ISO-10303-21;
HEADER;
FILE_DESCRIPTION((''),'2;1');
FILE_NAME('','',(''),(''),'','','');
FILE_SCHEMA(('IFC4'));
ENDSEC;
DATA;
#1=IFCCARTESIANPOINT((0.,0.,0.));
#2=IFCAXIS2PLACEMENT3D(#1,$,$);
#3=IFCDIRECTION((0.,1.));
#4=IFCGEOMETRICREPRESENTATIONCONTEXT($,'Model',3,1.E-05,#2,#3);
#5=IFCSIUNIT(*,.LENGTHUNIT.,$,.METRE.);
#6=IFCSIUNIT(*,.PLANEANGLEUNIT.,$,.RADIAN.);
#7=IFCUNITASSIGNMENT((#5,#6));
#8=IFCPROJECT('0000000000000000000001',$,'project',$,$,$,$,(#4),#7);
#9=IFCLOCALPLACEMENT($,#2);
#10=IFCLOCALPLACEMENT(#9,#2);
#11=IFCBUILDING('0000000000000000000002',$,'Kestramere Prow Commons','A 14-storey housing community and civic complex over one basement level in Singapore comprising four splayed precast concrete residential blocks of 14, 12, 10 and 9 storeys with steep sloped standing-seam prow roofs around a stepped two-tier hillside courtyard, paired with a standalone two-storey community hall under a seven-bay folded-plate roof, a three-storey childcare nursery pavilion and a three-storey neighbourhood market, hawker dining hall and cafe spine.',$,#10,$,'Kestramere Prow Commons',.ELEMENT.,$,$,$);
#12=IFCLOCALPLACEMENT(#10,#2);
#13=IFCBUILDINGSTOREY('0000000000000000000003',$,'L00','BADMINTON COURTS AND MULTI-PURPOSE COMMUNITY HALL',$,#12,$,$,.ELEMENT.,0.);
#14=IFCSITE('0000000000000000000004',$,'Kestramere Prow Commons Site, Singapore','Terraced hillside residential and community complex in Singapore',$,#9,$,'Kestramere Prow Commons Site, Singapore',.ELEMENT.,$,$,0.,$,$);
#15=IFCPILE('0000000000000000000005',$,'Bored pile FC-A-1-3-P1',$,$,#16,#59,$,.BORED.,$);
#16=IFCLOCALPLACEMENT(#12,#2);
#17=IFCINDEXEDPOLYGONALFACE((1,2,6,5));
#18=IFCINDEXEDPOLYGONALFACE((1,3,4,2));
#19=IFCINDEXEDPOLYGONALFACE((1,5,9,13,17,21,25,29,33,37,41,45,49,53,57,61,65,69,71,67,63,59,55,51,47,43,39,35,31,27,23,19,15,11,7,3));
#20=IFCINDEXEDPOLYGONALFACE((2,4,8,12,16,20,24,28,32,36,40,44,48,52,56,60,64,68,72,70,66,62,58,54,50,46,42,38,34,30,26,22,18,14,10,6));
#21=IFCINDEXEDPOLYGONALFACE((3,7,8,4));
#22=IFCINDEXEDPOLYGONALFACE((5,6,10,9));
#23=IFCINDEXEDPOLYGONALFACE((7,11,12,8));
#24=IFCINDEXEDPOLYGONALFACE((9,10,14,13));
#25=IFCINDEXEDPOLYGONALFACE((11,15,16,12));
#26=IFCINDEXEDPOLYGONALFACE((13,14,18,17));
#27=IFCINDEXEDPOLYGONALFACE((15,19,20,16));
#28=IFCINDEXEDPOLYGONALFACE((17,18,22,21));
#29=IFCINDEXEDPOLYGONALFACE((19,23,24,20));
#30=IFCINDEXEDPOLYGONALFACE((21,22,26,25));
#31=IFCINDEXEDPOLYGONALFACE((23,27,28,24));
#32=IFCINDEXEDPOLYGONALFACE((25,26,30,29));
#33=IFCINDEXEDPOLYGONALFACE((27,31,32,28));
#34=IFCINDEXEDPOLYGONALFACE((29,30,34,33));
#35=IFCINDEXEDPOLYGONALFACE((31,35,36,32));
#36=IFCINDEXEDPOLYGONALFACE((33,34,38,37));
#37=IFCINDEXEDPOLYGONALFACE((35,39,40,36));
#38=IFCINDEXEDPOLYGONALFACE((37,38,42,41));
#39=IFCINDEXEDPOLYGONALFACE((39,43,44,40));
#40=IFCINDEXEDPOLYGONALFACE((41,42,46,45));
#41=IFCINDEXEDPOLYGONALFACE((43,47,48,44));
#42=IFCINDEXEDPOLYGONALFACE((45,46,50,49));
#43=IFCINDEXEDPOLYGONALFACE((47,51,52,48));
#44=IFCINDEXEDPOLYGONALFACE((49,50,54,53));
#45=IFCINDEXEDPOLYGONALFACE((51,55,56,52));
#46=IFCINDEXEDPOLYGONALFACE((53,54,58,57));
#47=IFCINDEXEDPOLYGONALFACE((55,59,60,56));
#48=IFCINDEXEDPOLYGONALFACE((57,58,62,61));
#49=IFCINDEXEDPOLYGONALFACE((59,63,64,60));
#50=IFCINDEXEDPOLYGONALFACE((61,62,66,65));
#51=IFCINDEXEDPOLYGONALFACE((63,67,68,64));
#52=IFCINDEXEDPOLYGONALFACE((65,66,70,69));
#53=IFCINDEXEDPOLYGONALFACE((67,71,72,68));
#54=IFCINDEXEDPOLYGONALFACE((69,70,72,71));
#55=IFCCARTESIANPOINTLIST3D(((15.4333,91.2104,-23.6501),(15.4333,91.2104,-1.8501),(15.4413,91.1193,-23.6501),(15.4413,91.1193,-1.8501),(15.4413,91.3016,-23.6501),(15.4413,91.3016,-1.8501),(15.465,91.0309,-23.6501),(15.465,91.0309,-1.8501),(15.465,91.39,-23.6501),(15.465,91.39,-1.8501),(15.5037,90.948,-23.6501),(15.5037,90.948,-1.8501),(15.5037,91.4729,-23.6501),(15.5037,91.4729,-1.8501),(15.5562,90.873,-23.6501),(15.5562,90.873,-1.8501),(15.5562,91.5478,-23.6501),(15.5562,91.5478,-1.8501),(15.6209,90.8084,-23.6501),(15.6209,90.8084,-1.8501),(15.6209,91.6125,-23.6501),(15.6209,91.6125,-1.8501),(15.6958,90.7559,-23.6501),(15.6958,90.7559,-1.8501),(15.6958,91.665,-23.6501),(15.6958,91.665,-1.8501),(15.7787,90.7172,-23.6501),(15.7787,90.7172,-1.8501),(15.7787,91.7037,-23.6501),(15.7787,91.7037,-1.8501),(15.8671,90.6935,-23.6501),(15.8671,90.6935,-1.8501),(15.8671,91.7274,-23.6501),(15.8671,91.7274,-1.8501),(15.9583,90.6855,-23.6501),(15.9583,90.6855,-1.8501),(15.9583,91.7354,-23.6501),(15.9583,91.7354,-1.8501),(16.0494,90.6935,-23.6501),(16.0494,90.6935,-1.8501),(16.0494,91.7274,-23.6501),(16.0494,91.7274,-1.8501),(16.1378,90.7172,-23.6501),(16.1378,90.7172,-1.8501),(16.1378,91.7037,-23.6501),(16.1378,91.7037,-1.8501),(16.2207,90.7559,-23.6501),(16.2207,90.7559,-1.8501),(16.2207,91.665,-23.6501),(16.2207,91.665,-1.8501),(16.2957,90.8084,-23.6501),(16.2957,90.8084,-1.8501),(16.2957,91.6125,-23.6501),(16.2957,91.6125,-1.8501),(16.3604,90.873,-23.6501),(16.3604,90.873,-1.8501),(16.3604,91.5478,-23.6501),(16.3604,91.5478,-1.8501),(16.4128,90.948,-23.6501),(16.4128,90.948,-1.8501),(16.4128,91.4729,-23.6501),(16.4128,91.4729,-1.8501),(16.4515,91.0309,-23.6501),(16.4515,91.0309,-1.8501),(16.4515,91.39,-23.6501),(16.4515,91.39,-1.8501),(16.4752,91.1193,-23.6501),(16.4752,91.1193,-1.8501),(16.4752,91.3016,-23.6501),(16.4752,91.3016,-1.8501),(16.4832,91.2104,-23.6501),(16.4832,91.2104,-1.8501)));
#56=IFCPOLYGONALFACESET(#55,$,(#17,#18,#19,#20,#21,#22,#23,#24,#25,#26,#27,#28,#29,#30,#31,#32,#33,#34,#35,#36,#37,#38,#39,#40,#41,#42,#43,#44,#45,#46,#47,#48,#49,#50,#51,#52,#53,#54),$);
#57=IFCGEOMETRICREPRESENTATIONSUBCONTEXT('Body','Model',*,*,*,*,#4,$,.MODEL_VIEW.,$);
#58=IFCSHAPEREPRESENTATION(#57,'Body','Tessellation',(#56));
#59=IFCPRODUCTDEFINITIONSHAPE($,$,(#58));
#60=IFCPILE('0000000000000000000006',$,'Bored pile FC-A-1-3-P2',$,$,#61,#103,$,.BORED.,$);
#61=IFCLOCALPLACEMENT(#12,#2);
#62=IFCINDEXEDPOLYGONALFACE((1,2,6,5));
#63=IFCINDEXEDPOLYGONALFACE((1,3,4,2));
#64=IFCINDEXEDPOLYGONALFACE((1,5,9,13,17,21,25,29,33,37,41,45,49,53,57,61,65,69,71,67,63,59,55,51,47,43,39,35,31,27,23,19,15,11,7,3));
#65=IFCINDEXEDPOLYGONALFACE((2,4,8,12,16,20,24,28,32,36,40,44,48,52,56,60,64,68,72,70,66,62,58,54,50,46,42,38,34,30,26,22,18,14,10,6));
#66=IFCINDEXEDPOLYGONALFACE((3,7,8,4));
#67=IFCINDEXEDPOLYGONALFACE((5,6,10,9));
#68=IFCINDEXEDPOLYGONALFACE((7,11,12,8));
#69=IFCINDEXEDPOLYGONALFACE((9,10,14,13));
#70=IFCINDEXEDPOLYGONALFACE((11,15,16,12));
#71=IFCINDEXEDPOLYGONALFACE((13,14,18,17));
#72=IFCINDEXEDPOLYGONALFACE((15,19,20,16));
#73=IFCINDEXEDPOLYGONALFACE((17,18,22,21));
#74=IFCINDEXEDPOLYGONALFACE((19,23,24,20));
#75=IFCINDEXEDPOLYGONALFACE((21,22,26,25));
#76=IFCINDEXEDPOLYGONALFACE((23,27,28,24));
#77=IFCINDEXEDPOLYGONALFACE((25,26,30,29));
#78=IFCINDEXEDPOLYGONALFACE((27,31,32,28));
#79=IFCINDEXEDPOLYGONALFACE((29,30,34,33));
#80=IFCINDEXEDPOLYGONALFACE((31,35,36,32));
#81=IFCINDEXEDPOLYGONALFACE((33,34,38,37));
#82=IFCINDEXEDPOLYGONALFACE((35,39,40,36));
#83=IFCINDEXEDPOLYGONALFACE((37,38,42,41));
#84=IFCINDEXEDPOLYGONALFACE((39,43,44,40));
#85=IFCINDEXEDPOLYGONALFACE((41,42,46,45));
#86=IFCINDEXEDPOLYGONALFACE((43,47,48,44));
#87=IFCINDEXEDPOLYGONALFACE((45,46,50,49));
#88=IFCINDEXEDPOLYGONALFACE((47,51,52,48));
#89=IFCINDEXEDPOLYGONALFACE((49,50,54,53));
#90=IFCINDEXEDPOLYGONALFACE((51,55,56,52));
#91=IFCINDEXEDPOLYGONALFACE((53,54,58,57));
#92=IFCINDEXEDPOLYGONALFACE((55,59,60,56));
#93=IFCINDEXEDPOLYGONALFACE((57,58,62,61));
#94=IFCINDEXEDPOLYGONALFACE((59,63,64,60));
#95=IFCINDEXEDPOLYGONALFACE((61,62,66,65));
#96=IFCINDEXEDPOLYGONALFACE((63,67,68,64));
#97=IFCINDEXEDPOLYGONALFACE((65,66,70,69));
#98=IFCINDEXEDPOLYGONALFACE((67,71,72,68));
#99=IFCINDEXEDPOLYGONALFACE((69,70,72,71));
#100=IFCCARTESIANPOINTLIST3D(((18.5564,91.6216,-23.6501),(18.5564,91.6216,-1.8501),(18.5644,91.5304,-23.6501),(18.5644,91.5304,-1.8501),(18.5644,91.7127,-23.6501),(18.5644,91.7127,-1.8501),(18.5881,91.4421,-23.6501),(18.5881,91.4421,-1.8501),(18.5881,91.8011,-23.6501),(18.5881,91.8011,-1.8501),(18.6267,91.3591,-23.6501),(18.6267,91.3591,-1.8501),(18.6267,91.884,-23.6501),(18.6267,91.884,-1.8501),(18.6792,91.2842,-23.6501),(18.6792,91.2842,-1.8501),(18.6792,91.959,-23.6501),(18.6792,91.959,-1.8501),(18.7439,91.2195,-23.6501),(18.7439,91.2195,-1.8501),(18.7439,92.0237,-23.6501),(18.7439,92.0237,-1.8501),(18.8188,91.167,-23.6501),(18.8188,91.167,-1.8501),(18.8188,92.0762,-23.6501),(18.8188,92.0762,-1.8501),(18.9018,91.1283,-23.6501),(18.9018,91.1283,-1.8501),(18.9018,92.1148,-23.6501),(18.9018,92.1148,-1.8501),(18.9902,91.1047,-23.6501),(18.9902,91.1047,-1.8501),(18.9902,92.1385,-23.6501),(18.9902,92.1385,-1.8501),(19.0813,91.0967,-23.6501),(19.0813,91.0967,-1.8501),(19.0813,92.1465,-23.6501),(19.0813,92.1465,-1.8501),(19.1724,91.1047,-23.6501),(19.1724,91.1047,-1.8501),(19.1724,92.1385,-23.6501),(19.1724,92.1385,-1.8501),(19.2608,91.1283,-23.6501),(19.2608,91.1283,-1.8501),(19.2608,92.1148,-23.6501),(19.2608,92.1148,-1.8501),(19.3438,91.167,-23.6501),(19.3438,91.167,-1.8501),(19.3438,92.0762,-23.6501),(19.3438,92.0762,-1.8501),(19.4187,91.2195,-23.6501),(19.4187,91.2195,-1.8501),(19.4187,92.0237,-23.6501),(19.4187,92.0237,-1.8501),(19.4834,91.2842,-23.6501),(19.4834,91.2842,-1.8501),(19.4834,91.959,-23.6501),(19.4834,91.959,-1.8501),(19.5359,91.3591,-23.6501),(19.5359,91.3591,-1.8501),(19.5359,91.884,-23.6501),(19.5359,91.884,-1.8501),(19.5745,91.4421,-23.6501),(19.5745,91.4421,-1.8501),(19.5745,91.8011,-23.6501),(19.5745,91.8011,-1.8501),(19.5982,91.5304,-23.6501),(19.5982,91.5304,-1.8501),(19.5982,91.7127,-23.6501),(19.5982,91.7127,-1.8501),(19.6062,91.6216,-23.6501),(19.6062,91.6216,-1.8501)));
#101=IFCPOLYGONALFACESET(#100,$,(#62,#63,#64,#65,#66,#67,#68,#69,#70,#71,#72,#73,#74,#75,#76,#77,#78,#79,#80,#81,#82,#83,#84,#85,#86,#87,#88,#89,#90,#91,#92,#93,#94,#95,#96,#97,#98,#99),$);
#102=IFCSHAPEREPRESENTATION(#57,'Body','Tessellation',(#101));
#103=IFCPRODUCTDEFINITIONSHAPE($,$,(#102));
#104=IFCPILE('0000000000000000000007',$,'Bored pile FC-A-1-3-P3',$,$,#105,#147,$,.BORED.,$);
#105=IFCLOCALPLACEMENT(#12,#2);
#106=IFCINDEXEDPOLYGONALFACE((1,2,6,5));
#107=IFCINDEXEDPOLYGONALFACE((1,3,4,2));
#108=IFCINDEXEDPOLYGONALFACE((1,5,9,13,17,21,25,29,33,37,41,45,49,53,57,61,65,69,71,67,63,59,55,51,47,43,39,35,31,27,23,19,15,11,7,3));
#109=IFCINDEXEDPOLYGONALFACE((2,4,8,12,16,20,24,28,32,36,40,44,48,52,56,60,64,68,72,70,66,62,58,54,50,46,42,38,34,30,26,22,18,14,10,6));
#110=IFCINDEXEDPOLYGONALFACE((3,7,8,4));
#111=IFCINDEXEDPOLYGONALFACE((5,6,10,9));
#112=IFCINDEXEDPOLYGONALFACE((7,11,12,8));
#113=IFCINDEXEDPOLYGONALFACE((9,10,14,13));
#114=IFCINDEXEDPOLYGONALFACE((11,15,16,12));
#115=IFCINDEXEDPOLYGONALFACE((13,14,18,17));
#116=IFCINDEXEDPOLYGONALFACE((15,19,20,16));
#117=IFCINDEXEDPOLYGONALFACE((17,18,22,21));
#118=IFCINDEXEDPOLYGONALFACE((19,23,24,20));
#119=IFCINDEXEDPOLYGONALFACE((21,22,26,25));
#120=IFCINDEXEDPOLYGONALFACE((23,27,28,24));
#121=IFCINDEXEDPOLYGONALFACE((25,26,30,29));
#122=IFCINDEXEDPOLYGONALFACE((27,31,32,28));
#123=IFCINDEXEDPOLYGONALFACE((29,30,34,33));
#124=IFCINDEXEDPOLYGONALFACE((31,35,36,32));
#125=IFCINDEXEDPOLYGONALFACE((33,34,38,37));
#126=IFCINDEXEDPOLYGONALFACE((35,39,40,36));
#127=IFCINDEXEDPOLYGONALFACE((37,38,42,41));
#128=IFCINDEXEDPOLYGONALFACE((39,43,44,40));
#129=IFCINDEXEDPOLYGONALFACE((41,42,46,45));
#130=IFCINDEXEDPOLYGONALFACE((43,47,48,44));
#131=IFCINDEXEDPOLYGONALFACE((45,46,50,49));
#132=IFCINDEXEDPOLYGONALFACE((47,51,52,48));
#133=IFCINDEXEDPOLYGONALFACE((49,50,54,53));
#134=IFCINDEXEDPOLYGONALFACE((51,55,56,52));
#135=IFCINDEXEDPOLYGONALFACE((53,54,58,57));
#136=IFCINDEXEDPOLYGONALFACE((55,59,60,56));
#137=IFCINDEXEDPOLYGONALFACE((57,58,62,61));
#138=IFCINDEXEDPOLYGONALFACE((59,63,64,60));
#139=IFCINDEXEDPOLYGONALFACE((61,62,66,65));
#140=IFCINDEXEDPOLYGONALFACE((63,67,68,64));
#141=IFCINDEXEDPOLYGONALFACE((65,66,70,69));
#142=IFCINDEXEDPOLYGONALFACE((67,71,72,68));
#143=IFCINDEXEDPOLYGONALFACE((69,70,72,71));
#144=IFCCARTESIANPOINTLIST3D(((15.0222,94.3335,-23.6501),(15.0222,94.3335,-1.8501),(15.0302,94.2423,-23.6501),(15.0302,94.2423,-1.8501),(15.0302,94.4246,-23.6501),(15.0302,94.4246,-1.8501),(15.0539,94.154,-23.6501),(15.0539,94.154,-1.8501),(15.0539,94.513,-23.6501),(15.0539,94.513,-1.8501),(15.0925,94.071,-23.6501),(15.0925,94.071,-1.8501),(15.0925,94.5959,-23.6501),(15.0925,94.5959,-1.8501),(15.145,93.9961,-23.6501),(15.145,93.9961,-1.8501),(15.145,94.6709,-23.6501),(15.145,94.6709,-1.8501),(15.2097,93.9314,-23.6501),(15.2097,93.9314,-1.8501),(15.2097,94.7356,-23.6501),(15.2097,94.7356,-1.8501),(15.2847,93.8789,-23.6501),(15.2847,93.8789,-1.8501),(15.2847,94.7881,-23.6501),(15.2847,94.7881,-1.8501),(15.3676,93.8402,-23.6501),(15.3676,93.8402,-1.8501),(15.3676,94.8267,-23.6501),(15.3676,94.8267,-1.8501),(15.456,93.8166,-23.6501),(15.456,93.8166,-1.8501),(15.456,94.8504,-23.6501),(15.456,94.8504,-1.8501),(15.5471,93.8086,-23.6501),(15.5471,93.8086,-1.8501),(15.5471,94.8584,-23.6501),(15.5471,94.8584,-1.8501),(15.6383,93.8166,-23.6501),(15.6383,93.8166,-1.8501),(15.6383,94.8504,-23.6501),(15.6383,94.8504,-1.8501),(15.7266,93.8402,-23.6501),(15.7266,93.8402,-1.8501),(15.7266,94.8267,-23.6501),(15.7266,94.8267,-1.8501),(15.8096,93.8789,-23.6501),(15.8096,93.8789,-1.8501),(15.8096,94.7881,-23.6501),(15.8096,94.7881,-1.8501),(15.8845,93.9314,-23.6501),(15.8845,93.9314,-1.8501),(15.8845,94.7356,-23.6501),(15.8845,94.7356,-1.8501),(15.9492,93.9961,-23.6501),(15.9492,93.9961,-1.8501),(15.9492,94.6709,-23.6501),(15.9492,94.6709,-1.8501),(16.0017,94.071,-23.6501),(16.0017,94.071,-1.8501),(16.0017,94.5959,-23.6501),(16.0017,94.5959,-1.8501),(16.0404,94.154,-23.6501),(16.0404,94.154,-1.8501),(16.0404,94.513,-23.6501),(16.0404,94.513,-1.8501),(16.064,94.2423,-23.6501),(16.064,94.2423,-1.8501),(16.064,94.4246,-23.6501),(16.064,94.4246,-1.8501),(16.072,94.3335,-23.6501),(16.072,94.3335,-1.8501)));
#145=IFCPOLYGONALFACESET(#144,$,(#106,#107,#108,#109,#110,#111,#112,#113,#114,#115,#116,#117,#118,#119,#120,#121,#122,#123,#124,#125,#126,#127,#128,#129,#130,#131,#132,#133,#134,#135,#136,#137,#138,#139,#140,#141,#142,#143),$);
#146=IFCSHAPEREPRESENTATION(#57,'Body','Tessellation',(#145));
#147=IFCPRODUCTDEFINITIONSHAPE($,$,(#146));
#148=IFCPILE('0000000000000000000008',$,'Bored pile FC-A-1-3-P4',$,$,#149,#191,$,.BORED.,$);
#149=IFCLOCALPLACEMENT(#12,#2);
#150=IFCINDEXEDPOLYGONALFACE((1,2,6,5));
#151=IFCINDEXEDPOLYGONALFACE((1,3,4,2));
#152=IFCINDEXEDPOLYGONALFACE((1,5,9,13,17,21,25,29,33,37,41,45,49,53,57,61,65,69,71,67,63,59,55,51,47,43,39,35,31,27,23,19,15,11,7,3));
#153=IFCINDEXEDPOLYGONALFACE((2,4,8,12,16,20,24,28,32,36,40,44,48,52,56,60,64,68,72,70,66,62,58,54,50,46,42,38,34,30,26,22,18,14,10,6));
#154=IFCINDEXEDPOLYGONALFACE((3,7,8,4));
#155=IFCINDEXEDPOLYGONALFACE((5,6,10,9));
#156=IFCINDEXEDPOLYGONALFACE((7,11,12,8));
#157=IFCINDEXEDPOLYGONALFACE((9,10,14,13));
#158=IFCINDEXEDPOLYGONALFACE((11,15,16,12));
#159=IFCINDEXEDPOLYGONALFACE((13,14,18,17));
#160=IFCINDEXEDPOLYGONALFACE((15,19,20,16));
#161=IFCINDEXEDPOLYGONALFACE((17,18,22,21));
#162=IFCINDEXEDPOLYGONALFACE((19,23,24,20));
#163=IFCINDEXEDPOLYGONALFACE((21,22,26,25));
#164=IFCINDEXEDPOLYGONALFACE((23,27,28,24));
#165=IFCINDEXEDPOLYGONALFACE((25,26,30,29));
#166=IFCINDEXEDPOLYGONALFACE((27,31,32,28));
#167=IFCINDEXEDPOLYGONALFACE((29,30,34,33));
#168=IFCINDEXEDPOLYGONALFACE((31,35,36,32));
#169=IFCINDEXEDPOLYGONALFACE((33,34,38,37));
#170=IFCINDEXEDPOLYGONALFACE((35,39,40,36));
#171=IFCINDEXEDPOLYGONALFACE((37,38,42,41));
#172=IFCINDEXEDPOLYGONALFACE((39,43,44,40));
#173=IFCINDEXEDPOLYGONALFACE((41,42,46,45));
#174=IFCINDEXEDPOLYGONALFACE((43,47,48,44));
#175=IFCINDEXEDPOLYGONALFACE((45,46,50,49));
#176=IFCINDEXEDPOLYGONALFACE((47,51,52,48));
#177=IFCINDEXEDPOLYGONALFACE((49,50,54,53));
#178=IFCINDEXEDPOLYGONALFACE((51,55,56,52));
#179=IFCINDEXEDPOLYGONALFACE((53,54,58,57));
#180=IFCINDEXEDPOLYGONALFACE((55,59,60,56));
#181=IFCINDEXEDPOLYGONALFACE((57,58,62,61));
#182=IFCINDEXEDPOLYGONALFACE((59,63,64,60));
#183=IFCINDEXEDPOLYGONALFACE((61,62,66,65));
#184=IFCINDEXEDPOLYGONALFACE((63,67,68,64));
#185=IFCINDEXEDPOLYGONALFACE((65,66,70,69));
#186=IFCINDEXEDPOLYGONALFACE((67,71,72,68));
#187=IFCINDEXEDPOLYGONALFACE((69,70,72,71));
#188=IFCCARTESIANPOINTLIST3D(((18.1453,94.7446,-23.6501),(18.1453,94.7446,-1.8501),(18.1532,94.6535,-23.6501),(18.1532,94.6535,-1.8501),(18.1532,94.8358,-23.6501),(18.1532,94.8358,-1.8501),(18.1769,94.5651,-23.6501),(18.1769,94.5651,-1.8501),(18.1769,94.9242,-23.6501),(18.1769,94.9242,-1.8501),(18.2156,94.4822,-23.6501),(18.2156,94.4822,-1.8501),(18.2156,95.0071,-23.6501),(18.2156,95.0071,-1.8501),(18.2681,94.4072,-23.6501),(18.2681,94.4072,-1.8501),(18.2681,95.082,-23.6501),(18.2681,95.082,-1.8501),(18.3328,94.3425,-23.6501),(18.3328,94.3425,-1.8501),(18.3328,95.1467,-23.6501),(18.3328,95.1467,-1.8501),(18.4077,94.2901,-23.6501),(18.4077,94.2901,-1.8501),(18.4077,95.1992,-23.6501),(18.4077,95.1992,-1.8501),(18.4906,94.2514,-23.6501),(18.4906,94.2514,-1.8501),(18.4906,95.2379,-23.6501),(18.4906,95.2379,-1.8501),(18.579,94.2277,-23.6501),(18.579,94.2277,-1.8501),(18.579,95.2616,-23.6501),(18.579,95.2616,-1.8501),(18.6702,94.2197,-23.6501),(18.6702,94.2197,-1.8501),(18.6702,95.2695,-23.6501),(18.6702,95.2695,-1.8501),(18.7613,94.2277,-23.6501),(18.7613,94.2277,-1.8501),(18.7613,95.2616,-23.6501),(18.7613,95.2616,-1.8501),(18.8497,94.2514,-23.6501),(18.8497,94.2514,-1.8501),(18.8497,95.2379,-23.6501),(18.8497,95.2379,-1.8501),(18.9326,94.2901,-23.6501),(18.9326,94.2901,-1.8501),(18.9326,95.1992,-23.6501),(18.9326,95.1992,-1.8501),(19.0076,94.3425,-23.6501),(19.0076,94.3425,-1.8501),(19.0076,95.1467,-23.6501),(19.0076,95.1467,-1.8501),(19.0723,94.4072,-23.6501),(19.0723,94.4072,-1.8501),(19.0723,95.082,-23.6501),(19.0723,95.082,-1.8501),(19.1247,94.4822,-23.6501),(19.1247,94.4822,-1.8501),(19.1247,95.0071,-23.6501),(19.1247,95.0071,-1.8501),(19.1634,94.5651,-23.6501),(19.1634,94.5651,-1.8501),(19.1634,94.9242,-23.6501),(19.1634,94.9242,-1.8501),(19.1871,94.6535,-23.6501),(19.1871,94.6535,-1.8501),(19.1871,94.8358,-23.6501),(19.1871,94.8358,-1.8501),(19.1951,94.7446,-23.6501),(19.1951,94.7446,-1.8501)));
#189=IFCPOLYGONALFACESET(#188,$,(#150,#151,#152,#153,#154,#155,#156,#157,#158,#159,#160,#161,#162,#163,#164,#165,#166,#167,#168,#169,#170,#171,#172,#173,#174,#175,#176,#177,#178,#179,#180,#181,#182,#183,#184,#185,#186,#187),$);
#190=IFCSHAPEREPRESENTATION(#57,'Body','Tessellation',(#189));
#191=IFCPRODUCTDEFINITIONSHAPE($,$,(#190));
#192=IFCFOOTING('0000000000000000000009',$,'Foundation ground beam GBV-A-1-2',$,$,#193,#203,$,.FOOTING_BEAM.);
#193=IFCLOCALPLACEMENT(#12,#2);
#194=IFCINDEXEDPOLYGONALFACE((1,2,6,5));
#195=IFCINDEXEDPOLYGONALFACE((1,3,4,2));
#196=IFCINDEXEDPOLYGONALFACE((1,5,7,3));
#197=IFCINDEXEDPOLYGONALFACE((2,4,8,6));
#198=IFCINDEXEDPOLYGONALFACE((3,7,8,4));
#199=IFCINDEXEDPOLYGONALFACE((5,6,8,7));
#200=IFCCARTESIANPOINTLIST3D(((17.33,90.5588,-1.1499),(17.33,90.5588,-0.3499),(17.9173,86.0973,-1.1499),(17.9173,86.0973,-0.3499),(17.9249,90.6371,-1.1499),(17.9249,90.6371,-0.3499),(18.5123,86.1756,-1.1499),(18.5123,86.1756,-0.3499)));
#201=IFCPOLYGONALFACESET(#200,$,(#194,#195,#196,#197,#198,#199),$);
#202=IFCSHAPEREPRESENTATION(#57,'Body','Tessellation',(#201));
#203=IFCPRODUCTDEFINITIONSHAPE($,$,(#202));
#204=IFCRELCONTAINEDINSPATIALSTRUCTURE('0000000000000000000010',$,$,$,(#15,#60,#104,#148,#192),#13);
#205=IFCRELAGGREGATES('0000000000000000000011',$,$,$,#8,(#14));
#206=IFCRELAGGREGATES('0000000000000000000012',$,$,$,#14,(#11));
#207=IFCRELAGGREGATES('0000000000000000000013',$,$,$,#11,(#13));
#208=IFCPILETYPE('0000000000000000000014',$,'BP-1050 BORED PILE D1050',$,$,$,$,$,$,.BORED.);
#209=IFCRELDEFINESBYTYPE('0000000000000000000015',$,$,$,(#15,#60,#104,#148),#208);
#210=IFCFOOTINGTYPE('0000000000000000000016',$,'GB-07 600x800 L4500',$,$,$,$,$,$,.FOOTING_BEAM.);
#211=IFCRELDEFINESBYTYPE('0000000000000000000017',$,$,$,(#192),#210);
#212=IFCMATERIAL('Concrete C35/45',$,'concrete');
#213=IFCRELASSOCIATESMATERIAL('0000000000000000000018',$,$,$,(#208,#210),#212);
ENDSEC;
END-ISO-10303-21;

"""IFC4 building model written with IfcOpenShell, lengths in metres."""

from ifc_helpers import new_model, si_unit, direction, frame, origin, origin_2d, place, context, subcontext, project, spatial, rectangle, circle, extrude, material, material_profile, profile_set, type_object, element, save


model = new_model("IFC4")

# Units and contexts
model_context = context("Model", 3, precision=1e-05, world=origin(), true_north=direction((0.0, 1.0)))
body_context = subcontext(model_context, "Body", "Model", "MODEL_VIEW")
ifc_project = project(units=[si_unit("LENGTHUNIT", "METRE"), si_unit("PLANEANGLEUNIT", "RADIAN")], contexts=[model_context])

# Site, building, storey
site_placement = place(None, origin())
site = spatial("IfcSite", under=ifc_project, at=site_placement, Name="Kestramere Prow Commons Site, Singapore", Description="Terraced hillside residential and community complex in Singapore", LongName="Kestramere Prow Commons Site, Singapore", CompositionType="ELEMENT", RefElevation=0.0)
building_placement = place(site_placement, origin())
building = spatial("IfcBuilding", under=site, at=building_placement, Name="Kestramere Prow Commons", Description="A 14-storey housing community and civic complex over one basement level in Singapore comprising four splayed precast concrete residential blocks of 14, 12, 10 and 9 storeys with steep sloped standing-seam prow roofs around a stepped two-tier hillside courtyard, paired with a standalone two-storey community hall under a seven-bay folded-plate roof, a three-storey childcare nursery pavilion and a three-storey neighbourhood market, hawker dining hall and cafe spine.", LongName="Kestramere Prow Commons", CompositionType="ELEMENT")
storey_placement = place(building_placement, origin())
storey = spatial("IfcBuildingStorey", under=building, at=storey_placement, Name="L00", Description="BADMINTON COURTS AND MULTI-PURPOSE COMMUNITY HALL", CompositionType="ELEMENT", Elevation=0.0)

# Piles
ifc_material_1 = material(Name="Concrete C35/45", Category="concrete")
ifc_material_profile_1 = material_profile(ifc_material_1, circle(Radius=0.5249, at=origin_2d()), Name="BORED PILE D1050")
ifc_profile_set_1 = profile_set([ifc_material_profile_1], Name="Concrete C35/45")
pile_type = type_object("IfcPileType", Name="BP-1050 BORED PILE D1050", PredefinedType="BORED", material=ifc_profile_set_1)
for number, where, z_axis, x_axis, name in (
    (1, (15.9583, 91.2104, -1.8501), (0.0, 0.0, -1.0), (1.0, 0.0, 0.0), "Bored pile FC-A-1-3-P1"),
    (2, (19.0813, 91.6216, -1.8501), (0.0, 0.0, -1.0), (1.0, 0.0, 0.0), "Bored pile FC-A-1-3-P2"),
    (3, (15.5471, 94.3335, -1.8501), (0.0, 0.0, -1.0), (1.0, 0.0, 0.0), "Bored pile FC-A-1-3-P3"),
    (4, (18.6702, 94.7446, -1.8501), (0.0, 0.0, -1.0), (1.0, 0.0, 0.0), "Bored pile FC-A-1-3-P4"),
):
    element("IfcPile", number, at=place(storey_placement, frame(where, z_axis=z_axis, x_axis=x_axis)), inside=storey, type_object=pile_type, Name=name, PredefinedType="BORED", context=body_context, shape_type="SweptSolid", body=[
        extrude(circle(Radius=0.5249, at=origin_2d()), origin(), (0.0, 0.0, 1.0), 21.8),
    ])

# Footing
footing_type_1 = type_object("IfcFootingType", Name="GB-07 600x800 L4500", PredefinedType="FOOTING_BEAM", material=ifc_material_1)
footing_1_placement = place(storey_placement, frame((17.9211, 88.3672, -1.1499), z_axis=(0.0, 0.0, 1.0), x_axis=(-0.130526, 0.991445, 0.0)))
element("IfcFooting", 5, at=footing_1_placement, inside=storey, type_object=footing_type_1, Name="Foundation ground beam GBV-A-1-2", PredefinedType="FOOTING_BEAM", context=body_context, shape_type="SweptSolid", body=[
    extrude(rectangle(XDim=4.5, YDim=0.6001, at=origin_2d()), origin(), (0.0, 0.0, 1.0), 0.8),
])

save(model, "model.ifc")
